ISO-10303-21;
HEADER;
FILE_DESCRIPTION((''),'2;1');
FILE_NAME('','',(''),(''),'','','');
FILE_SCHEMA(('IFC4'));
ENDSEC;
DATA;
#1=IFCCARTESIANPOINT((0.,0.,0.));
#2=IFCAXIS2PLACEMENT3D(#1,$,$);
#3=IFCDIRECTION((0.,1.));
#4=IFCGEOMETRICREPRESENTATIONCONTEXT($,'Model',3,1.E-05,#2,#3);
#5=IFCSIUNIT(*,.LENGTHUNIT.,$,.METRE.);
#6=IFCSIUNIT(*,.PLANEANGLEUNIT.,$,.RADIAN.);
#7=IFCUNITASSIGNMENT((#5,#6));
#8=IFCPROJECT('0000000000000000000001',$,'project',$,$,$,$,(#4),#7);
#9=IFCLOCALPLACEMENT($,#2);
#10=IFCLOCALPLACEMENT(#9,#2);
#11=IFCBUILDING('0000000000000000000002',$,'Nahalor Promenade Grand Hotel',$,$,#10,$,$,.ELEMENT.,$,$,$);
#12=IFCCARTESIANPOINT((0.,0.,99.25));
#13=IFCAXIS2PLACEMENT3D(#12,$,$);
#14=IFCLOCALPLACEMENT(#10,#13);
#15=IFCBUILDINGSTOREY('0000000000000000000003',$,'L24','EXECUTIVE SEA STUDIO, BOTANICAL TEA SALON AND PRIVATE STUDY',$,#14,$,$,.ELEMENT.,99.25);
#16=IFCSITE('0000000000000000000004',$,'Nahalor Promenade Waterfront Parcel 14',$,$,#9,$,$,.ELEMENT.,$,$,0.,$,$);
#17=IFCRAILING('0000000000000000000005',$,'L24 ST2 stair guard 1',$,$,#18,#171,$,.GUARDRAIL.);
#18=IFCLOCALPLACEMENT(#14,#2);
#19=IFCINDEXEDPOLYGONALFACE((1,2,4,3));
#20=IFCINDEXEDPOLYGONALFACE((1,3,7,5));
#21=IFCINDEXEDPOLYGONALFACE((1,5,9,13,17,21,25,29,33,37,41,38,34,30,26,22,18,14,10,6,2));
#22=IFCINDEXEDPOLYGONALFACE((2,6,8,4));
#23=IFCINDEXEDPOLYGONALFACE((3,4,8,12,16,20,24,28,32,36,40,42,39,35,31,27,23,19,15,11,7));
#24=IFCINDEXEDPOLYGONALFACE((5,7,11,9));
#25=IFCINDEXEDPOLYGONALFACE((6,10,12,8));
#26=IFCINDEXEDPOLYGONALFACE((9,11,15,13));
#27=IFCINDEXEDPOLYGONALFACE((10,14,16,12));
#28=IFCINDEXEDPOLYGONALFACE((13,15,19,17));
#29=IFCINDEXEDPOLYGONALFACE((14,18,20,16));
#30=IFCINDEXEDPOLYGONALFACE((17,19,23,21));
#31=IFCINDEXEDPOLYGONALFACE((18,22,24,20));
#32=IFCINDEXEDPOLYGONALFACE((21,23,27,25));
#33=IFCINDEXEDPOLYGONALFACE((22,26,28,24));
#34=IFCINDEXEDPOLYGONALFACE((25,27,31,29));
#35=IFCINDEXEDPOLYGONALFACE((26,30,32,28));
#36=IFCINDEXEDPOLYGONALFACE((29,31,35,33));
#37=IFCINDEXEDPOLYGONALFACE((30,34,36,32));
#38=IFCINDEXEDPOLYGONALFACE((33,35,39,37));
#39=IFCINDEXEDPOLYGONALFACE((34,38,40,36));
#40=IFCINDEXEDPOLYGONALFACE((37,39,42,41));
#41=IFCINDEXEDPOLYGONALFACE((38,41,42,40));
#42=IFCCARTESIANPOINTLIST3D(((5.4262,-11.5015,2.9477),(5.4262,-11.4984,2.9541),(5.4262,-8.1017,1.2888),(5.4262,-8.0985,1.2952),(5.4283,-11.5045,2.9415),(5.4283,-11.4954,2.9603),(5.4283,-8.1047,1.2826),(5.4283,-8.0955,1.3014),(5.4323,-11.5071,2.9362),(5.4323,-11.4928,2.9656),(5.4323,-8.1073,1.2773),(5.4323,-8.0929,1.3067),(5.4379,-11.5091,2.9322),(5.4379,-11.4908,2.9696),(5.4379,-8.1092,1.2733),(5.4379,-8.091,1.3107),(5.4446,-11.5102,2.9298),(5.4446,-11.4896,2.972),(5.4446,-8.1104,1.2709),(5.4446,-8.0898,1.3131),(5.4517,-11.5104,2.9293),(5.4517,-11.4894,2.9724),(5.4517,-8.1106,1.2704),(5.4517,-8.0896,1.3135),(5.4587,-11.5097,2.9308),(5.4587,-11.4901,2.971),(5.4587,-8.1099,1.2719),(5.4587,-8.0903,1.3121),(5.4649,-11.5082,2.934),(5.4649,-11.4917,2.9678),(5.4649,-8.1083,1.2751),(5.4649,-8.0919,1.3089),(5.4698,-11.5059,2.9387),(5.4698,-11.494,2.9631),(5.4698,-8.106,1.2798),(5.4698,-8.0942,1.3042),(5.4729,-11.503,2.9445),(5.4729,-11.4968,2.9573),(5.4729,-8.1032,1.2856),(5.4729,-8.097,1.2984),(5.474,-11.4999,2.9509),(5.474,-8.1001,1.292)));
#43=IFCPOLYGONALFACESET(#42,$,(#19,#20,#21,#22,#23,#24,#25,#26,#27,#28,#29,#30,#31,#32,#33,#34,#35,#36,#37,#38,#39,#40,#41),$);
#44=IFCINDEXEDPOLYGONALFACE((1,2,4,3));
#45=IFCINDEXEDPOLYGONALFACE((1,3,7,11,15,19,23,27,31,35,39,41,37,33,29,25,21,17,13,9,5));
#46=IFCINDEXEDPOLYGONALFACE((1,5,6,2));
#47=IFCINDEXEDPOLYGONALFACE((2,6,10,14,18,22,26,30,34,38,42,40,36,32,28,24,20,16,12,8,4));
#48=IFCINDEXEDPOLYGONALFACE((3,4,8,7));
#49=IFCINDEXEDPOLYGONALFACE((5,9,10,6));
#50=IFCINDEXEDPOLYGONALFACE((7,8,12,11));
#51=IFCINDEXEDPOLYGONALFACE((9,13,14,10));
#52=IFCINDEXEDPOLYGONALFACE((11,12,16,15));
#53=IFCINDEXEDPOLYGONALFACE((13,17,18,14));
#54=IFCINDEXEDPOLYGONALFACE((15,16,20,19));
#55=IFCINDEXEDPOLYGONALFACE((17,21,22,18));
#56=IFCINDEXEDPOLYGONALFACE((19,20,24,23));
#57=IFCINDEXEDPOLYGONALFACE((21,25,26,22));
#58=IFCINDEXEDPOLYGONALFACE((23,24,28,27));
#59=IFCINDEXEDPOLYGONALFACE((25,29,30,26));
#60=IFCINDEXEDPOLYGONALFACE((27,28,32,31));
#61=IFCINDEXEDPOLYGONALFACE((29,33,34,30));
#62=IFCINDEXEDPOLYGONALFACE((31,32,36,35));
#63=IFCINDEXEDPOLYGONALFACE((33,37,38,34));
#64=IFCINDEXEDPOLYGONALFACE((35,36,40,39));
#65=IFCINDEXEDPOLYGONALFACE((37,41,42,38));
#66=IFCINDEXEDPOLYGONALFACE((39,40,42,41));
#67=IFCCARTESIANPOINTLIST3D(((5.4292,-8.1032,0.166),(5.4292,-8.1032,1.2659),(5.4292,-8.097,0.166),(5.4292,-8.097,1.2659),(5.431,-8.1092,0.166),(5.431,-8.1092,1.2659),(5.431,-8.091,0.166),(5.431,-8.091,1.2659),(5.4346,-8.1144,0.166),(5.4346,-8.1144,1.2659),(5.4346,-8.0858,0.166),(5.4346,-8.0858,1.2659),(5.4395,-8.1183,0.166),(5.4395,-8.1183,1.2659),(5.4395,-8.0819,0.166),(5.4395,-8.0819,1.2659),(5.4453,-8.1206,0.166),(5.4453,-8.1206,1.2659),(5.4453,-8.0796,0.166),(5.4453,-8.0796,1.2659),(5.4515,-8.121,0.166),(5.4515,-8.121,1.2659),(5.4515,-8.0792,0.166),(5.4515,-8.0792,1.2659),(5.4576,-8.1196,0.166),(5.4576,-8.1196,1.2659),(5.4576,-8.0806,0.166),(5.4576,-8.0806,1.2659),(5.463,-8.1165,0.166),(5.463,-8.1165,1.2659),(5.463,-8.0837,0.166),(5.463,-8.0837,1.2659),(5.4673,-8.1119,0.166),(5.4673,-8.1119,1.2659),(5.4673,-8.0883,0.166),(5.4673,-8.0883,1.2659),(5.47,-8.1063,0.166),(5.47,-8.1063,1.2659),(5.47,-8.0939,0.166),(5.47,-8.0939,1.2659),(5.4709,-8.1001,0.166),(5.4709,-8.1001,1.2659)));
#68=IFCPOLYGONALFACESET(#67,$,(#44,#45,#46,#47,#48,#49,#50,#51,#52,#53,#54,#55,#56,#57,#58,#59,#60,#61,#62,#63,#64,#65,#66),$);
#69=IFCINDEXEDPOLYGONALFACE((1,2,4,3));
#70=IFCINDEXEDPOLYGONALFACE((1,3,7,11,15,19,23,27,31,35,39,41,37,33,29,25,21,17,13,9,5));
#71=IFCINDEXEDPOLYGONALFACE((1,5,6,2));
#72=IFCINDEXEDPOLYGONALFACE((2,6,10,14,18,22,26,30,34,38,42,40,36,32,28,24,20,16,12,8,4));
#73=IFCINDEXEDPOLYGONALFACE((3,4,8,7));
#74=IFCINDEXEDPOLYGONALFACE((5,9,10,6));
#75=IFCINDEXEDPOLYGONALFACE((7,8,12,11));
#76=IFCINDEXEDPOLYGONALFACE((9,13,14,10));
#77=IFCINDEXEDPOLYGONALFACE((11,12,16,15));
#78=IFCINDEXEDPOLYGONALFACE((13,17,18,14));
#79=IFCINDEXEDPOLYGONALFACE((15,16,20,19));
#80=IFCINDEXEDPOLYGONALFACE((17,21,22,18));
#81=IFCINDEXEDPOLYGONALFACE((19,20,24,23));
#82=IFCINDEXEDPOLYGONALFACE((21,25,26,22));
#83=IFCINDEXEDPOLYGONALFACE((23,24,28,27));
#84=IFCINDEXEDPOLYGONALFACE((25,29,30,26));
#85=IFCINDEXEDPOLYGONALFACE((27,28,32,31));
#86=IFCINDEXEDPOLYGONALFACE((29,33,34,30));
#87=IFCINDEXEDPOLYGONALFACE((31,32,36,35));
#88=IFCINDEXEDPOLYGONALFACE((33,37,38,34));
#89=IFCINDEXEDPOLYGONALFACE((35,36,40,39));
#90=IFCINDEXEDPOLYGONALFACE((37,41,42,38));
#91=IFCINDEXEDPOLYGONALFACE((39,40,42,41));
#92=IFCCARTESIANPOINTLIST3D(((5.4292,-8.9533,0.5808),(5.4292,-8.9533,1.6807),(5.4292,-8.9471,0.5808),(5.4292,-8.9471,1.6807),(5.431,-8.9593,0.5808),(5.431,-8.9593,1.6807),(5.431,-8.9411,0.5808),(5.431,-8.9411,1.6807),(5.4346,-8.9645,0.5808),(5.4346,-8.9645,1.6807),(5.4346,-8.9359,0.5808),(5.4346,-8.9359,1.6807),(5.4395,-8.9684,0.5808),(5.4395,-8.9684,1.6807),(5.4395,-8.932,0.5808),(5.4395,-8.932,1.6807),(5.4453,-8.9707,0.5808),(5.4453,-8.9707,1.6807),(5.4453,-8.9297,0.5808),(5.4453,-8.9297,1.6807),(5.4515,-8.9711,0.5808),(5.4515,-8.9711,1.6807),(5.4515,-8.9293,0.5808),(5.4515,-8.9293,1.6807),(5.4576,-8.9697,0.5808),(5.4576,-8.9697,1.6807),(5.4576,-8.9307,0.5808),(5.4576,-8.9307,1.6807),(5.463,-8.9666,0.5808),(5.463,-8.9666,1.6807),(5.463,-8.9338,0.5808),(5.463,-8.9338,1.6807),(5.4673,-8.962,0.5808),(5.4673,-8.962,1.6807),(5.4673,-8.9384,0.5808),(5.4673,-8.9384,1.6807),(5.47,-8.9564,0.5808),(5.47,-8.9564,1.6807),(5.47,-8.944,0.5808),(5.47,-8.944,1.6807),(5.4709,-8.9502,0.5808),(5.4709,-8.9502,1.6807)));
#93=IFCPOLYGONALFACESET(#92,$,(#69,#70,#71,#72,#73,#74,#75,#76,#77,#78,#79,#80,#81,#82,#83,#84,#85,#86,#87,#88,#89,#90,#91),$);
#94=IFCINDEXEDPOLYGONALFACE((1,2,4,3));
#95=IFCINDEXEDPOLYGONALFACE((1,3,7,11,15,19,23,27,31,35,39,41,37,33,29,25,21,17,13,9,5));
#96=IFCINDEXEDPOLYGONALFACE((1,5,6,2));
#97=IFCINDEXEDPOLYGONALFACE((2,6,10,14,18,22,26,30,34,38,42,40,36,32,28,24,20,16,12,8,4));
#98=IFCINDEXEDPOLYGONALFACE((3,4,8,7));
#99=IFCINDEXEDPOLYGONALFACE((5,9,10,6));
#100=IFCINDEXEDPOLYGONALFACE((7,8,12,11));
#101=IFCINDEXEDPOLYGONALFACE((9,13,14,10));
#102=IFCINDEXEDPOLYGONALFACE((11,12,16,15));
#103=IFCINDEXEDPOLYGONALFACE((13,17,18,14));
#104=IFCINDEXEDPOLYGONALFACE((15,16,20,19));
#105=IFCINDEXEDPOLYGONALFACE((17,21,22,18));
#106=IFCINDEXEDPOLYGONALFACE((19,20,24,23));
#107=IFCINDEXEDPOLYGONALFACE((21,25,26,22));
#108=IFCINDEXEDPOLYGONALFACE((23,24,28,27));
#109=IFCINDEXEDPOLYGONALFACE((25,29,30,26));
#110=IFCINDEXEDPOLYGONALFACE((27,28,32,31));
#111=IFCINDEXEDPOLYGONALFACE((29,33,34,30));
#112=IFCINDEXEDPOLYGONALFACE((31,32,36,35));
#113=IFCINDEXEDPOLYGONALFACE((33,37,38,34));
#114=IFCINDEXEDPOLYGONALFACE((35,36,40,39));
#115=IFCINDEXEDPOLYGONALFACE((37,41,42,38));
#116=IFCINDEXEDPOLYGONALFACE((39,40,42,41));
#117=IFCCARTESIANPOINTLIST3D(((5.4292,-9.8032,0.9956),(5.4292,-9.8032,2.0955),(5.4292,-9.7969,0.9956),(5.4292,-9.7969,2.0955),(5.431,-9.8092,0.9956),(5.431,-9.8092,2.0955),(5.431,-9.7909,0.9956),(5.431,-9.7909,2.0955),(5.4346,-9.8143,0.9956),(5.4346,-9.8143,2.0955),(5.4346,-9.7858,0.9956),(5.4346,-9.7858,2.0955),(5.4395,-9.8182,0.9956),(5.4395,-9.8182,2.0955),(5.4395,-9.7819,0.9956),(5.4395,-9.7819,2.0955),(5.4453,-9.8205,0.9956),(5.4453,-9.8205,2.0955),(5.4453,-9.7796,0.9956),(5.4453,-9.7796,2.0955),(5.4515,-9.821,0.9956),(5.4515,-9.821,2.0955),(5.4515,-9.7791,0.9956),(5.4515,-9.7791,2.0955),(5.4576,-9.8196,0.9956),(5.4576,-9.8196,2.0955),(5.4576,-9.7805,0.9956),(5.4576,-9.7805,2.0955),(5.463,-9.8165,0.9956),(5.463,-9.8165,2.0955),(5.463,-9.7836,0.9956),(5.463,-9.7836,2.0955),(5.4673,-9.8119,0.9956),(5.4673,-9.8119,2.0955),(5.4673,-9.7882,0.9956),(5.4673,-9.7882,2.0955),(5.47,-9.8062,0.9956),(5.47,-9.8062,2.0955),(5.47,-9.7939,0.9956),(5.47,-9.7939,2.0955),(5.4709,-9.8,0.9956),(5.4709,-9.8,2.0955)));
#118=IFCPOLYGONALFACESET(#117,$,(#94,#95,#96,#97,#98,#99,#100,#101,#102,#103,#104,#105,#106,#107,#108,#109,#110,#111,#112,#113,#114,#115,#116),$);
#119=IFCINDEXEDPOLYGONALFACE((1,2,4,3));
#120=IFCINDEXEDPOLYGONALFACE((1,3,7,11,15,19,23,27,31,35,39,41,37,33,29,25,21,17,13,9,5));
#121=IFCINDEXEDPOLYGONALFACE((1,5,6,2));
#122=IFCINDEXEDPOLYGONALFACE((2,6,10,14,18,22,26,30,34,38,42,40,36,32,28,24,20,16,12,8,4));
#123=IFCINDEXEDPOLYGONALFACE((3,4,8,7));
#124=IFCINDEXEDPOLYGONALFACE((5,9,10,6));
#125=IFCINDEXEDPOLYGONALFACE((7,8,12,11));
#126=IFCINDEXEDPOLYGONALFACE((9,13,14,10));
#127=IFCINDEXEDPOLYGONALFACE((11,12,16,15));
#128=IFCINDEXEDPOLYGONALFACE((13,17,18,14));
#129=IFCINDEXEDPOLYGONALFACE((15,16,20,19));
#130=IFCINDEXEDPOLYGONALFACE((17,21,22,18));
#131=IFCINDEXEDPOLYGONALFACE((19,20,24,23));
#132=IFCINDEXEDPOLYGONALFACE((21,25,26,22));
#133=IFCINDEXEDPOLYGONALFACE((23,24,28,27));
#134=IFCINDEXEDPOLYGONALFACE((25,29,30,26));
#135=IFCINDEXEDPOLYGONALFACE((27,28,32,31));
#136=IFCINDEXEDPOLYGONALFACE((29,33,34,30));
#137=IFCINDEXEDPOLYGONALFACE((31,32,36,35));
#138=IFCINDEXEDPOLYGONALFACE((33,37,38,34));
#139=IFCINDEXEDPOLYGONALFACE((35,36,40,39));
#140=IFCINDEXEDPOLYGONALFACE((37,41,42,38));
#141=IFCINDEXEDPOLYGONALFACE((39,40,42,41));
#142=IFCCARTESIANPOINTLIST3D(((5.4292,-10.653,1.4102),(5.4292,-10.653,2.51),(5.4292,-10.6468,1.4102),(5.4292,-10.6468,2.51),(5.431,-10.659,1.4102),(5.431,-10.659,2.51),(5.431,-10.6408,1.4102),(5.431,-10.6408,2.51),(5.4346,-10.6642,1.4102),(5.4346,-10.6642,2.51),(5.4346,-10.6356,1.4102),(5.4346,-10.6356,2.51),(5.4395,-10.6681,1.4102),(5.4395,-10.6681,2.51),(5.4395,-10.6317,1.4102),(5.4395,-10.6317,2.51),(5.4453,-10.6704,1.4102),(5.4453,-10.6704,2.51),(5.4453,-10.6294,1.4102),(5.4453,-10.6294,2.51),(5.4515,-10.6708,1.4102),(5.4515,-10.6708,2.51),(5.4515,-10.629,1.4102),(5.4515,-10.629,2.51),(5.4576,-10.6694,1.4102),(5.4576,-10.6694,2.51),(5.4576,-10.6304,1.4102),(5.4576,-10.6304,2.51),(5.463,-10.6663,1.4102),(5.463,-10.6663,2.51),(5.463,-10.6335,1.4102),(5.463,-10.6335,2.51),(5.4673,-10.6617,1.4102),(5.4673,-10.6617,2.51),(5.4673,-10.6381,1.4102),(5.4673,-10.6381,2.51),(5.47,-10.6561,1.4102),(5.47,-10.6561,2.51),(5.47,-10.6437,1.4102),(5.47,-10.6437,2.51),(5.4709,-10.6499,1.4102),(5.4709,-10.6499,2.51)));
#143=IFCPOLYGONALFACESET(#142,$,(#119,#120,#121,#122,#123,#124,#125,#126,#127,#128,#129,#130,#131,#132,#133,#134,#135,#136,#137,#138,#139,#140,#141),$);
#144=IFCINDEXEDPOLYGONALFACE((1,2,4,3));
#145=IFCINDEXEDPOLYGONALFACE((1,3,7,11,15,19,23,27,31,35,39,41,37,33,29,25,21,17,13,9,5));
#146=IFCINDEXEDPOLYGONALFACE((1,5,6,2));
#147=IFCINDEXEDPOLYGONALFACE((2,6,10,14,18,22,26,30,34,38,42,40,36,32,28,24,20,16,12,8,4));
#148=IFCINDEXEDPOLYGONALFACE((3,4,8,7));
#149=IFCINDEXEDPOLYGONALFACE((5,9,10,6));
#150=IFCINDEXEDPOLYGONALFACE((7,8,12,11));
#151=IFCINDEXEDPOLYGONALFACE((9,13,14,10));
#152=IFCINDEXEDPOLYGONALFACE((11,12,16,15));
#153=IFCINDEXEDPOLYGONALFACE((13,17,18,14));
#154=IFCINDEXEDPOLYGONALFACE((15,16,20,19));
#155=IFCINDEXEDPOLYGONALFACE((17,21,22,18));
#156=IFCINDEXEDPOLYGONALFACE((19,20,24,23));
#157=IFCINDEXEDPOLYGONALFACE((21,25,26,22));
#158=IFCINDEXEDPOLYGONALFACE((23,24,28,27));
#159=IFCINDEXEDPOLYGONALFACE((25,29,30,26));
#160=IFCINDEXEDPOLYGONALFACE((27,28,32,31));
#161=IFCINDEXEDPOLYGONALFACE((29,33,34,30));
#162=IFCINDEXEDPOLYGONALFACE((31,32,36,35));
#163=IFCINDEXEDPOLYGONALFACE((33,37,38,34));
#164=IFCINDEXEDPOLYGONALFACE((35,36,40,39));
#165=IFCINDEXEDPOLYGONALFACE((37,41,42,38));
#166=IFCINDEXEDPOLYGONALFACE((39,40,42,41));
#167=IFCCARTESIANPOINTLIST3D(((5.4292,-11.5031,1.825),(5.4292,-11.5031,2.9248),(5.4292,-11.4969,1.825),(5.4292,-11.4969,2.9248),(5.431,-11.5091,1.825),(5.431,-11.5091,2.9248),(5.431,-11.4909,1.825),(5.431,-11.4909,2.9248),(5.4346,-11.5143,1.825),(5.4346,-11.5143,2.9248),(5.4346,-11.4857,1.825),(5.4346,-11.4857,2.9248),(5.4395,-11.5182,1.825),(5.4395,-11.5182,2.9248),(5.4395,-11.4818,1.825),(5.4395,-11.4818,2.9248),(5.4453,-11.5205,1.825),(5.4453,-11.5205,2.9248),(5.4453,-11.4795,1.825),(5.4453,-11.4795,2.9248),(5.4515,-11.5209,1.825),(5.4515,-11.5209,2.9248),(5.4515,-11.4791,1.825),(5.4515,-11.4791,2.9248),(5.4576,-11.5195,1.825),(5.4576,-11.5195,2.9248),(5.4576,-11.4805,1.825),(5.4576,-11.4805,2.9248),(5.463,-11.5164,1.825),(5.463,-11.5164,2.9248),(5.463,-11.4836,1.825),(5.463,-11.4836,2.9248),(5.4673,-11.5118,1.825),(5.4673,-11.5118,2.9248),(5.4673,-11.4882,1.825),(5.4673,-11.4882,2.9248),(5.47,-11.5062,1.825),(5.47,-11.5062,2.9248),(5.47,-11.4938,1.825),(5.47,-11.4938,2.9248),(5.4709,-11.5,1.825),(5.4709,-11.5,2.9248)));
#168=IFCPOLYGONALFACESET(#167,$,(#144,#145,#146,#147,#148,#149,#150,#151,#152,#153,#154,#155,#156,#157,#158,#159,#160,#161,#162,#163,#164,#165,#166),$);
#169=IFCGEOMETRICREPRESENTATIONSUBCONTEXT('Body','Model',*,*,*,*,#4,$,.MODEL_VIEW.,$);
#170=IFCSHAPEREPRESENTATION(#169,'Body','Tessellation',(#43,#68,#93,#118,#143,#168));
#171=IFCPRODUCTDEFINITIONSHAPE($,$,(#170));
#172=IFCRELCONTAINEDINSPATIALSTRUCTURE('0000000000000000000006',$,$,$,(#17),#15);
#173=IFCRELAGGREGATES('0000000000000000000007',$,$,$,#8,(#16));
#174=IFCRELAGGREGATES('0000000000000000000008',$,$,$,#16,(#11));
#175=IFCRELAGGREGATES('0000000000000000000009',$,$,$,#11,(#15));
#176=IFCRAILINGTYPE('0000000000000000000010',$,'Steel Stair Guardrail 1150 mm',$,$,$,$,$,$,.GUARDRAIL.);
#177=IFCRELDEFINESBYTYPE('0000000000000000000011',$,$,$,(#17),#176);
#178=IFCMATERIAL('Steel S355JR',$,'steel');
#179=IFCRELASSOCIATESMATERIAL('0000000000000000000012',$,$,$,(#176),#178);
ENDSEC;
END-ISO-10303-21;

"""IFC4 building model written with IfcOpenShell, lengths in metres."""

from ifc_helpers import new_model, si_unit, direction, frame, origin, origin_2d, place, context, subcontext, project, spatial, circle, extrude, material, type_object, element, save


model = new_model("IFC4")

# Units and contexts
model_context = context("Model", 3, precision=1e-05, world=origin(), true_north=direction((0.0, 1.0)))
body_context = subcontext(model_context, "Body", "Model", "MODEL_VIEW")
ifc_project = project(units=[si_unit("LENGTHUNIT", "METRE"), si_unit("PLANEANGLEUNIT", "RADIAN")], contexts=[model_context])

# Site, building, storey
site_placement = place(None, origin())
site = spatial("IfcSite", under=ifc_project, at=site_placement, Name="Nahalor Promenade Waterfront Parcel 14", CompositionType="ELEMENT", RefElevation=0.0)
building_placement = place(site_placement, origin())
building = spatial("IfcBuilding", under=site, at=building_placement, Name="Nahalor Promenade Grand Hotel", CompositionType="ELEMENT")
storey_placement = place(building_placement, frame((0.0, 0.0, 99.25)))
storey = spatial("IfcBuildingStorey", under=building, at=storey_placement, Name="L24", Description="EXECUTIVE SEA STUDIO, BOTANICAL TEA SALON AND PRIVATE STUDY", CompositionType="ELEMENT", Elevation=99.25)

# Shared definitions
ifc_material_1 = material(Name="Steel S355JR", Category="steel")

# Railing
railing_type_1 = type_object("IfcRailingType", Name="Steel Stair Guardrail 1150 mm", PredefinedType="GUARDRAIL", material=ifc_material_1)
railing_1_placement = place(storey_placement, frame((5.45, -8.1001, 0.166)))
element("IfcRailing", 1, at=railing_1_placement, inside=storey, type_object=railing_type_1, Name="L24 ST2 stair guard 1", PredefinedType="GUARDRAIL", context=body_context, shape_type="SweptSolid", body=[
    extrude(circle(Radius=0.024, at=origin_2d()), frame((0.0, 0.0, 1.126), z_axis=(0.0, -0.898722, 0.438519), x_axis=(1.0, 0.0, 0.0)), (0.0, 0.0, 1.0), 3.783),
    extrude(circle(Radius=0.021, at=origin_2d()), origin(), (0.0, 0.0, 1.0), 1.0999),
    extrude(circle(Radius=0.021, at=origin_2d()), frame((0.0, -0.8501, 0.4148)), (0.0, 0.0, 1.0), 1.0999),
    extrude(circle(Radius=0.021, at=origin_2d()), frame((0.0, -1.7, 0.8296)), (0.0, 0.0, 1.0), 1.0999),
    extrude(circle(Radius=0.021, at=origin_2d()), frame((0.0, -2.5498, 1.2441)), (0.0, 0.0, 1.0), 1.0999),
    extrude(circle(Radius=0.021, at=origin_2d()), frame((0.0, -3.3999, 1.6589)), (0.0, 0.0, 1.0), 1.0999),
])

save(model, "model.ifc")
